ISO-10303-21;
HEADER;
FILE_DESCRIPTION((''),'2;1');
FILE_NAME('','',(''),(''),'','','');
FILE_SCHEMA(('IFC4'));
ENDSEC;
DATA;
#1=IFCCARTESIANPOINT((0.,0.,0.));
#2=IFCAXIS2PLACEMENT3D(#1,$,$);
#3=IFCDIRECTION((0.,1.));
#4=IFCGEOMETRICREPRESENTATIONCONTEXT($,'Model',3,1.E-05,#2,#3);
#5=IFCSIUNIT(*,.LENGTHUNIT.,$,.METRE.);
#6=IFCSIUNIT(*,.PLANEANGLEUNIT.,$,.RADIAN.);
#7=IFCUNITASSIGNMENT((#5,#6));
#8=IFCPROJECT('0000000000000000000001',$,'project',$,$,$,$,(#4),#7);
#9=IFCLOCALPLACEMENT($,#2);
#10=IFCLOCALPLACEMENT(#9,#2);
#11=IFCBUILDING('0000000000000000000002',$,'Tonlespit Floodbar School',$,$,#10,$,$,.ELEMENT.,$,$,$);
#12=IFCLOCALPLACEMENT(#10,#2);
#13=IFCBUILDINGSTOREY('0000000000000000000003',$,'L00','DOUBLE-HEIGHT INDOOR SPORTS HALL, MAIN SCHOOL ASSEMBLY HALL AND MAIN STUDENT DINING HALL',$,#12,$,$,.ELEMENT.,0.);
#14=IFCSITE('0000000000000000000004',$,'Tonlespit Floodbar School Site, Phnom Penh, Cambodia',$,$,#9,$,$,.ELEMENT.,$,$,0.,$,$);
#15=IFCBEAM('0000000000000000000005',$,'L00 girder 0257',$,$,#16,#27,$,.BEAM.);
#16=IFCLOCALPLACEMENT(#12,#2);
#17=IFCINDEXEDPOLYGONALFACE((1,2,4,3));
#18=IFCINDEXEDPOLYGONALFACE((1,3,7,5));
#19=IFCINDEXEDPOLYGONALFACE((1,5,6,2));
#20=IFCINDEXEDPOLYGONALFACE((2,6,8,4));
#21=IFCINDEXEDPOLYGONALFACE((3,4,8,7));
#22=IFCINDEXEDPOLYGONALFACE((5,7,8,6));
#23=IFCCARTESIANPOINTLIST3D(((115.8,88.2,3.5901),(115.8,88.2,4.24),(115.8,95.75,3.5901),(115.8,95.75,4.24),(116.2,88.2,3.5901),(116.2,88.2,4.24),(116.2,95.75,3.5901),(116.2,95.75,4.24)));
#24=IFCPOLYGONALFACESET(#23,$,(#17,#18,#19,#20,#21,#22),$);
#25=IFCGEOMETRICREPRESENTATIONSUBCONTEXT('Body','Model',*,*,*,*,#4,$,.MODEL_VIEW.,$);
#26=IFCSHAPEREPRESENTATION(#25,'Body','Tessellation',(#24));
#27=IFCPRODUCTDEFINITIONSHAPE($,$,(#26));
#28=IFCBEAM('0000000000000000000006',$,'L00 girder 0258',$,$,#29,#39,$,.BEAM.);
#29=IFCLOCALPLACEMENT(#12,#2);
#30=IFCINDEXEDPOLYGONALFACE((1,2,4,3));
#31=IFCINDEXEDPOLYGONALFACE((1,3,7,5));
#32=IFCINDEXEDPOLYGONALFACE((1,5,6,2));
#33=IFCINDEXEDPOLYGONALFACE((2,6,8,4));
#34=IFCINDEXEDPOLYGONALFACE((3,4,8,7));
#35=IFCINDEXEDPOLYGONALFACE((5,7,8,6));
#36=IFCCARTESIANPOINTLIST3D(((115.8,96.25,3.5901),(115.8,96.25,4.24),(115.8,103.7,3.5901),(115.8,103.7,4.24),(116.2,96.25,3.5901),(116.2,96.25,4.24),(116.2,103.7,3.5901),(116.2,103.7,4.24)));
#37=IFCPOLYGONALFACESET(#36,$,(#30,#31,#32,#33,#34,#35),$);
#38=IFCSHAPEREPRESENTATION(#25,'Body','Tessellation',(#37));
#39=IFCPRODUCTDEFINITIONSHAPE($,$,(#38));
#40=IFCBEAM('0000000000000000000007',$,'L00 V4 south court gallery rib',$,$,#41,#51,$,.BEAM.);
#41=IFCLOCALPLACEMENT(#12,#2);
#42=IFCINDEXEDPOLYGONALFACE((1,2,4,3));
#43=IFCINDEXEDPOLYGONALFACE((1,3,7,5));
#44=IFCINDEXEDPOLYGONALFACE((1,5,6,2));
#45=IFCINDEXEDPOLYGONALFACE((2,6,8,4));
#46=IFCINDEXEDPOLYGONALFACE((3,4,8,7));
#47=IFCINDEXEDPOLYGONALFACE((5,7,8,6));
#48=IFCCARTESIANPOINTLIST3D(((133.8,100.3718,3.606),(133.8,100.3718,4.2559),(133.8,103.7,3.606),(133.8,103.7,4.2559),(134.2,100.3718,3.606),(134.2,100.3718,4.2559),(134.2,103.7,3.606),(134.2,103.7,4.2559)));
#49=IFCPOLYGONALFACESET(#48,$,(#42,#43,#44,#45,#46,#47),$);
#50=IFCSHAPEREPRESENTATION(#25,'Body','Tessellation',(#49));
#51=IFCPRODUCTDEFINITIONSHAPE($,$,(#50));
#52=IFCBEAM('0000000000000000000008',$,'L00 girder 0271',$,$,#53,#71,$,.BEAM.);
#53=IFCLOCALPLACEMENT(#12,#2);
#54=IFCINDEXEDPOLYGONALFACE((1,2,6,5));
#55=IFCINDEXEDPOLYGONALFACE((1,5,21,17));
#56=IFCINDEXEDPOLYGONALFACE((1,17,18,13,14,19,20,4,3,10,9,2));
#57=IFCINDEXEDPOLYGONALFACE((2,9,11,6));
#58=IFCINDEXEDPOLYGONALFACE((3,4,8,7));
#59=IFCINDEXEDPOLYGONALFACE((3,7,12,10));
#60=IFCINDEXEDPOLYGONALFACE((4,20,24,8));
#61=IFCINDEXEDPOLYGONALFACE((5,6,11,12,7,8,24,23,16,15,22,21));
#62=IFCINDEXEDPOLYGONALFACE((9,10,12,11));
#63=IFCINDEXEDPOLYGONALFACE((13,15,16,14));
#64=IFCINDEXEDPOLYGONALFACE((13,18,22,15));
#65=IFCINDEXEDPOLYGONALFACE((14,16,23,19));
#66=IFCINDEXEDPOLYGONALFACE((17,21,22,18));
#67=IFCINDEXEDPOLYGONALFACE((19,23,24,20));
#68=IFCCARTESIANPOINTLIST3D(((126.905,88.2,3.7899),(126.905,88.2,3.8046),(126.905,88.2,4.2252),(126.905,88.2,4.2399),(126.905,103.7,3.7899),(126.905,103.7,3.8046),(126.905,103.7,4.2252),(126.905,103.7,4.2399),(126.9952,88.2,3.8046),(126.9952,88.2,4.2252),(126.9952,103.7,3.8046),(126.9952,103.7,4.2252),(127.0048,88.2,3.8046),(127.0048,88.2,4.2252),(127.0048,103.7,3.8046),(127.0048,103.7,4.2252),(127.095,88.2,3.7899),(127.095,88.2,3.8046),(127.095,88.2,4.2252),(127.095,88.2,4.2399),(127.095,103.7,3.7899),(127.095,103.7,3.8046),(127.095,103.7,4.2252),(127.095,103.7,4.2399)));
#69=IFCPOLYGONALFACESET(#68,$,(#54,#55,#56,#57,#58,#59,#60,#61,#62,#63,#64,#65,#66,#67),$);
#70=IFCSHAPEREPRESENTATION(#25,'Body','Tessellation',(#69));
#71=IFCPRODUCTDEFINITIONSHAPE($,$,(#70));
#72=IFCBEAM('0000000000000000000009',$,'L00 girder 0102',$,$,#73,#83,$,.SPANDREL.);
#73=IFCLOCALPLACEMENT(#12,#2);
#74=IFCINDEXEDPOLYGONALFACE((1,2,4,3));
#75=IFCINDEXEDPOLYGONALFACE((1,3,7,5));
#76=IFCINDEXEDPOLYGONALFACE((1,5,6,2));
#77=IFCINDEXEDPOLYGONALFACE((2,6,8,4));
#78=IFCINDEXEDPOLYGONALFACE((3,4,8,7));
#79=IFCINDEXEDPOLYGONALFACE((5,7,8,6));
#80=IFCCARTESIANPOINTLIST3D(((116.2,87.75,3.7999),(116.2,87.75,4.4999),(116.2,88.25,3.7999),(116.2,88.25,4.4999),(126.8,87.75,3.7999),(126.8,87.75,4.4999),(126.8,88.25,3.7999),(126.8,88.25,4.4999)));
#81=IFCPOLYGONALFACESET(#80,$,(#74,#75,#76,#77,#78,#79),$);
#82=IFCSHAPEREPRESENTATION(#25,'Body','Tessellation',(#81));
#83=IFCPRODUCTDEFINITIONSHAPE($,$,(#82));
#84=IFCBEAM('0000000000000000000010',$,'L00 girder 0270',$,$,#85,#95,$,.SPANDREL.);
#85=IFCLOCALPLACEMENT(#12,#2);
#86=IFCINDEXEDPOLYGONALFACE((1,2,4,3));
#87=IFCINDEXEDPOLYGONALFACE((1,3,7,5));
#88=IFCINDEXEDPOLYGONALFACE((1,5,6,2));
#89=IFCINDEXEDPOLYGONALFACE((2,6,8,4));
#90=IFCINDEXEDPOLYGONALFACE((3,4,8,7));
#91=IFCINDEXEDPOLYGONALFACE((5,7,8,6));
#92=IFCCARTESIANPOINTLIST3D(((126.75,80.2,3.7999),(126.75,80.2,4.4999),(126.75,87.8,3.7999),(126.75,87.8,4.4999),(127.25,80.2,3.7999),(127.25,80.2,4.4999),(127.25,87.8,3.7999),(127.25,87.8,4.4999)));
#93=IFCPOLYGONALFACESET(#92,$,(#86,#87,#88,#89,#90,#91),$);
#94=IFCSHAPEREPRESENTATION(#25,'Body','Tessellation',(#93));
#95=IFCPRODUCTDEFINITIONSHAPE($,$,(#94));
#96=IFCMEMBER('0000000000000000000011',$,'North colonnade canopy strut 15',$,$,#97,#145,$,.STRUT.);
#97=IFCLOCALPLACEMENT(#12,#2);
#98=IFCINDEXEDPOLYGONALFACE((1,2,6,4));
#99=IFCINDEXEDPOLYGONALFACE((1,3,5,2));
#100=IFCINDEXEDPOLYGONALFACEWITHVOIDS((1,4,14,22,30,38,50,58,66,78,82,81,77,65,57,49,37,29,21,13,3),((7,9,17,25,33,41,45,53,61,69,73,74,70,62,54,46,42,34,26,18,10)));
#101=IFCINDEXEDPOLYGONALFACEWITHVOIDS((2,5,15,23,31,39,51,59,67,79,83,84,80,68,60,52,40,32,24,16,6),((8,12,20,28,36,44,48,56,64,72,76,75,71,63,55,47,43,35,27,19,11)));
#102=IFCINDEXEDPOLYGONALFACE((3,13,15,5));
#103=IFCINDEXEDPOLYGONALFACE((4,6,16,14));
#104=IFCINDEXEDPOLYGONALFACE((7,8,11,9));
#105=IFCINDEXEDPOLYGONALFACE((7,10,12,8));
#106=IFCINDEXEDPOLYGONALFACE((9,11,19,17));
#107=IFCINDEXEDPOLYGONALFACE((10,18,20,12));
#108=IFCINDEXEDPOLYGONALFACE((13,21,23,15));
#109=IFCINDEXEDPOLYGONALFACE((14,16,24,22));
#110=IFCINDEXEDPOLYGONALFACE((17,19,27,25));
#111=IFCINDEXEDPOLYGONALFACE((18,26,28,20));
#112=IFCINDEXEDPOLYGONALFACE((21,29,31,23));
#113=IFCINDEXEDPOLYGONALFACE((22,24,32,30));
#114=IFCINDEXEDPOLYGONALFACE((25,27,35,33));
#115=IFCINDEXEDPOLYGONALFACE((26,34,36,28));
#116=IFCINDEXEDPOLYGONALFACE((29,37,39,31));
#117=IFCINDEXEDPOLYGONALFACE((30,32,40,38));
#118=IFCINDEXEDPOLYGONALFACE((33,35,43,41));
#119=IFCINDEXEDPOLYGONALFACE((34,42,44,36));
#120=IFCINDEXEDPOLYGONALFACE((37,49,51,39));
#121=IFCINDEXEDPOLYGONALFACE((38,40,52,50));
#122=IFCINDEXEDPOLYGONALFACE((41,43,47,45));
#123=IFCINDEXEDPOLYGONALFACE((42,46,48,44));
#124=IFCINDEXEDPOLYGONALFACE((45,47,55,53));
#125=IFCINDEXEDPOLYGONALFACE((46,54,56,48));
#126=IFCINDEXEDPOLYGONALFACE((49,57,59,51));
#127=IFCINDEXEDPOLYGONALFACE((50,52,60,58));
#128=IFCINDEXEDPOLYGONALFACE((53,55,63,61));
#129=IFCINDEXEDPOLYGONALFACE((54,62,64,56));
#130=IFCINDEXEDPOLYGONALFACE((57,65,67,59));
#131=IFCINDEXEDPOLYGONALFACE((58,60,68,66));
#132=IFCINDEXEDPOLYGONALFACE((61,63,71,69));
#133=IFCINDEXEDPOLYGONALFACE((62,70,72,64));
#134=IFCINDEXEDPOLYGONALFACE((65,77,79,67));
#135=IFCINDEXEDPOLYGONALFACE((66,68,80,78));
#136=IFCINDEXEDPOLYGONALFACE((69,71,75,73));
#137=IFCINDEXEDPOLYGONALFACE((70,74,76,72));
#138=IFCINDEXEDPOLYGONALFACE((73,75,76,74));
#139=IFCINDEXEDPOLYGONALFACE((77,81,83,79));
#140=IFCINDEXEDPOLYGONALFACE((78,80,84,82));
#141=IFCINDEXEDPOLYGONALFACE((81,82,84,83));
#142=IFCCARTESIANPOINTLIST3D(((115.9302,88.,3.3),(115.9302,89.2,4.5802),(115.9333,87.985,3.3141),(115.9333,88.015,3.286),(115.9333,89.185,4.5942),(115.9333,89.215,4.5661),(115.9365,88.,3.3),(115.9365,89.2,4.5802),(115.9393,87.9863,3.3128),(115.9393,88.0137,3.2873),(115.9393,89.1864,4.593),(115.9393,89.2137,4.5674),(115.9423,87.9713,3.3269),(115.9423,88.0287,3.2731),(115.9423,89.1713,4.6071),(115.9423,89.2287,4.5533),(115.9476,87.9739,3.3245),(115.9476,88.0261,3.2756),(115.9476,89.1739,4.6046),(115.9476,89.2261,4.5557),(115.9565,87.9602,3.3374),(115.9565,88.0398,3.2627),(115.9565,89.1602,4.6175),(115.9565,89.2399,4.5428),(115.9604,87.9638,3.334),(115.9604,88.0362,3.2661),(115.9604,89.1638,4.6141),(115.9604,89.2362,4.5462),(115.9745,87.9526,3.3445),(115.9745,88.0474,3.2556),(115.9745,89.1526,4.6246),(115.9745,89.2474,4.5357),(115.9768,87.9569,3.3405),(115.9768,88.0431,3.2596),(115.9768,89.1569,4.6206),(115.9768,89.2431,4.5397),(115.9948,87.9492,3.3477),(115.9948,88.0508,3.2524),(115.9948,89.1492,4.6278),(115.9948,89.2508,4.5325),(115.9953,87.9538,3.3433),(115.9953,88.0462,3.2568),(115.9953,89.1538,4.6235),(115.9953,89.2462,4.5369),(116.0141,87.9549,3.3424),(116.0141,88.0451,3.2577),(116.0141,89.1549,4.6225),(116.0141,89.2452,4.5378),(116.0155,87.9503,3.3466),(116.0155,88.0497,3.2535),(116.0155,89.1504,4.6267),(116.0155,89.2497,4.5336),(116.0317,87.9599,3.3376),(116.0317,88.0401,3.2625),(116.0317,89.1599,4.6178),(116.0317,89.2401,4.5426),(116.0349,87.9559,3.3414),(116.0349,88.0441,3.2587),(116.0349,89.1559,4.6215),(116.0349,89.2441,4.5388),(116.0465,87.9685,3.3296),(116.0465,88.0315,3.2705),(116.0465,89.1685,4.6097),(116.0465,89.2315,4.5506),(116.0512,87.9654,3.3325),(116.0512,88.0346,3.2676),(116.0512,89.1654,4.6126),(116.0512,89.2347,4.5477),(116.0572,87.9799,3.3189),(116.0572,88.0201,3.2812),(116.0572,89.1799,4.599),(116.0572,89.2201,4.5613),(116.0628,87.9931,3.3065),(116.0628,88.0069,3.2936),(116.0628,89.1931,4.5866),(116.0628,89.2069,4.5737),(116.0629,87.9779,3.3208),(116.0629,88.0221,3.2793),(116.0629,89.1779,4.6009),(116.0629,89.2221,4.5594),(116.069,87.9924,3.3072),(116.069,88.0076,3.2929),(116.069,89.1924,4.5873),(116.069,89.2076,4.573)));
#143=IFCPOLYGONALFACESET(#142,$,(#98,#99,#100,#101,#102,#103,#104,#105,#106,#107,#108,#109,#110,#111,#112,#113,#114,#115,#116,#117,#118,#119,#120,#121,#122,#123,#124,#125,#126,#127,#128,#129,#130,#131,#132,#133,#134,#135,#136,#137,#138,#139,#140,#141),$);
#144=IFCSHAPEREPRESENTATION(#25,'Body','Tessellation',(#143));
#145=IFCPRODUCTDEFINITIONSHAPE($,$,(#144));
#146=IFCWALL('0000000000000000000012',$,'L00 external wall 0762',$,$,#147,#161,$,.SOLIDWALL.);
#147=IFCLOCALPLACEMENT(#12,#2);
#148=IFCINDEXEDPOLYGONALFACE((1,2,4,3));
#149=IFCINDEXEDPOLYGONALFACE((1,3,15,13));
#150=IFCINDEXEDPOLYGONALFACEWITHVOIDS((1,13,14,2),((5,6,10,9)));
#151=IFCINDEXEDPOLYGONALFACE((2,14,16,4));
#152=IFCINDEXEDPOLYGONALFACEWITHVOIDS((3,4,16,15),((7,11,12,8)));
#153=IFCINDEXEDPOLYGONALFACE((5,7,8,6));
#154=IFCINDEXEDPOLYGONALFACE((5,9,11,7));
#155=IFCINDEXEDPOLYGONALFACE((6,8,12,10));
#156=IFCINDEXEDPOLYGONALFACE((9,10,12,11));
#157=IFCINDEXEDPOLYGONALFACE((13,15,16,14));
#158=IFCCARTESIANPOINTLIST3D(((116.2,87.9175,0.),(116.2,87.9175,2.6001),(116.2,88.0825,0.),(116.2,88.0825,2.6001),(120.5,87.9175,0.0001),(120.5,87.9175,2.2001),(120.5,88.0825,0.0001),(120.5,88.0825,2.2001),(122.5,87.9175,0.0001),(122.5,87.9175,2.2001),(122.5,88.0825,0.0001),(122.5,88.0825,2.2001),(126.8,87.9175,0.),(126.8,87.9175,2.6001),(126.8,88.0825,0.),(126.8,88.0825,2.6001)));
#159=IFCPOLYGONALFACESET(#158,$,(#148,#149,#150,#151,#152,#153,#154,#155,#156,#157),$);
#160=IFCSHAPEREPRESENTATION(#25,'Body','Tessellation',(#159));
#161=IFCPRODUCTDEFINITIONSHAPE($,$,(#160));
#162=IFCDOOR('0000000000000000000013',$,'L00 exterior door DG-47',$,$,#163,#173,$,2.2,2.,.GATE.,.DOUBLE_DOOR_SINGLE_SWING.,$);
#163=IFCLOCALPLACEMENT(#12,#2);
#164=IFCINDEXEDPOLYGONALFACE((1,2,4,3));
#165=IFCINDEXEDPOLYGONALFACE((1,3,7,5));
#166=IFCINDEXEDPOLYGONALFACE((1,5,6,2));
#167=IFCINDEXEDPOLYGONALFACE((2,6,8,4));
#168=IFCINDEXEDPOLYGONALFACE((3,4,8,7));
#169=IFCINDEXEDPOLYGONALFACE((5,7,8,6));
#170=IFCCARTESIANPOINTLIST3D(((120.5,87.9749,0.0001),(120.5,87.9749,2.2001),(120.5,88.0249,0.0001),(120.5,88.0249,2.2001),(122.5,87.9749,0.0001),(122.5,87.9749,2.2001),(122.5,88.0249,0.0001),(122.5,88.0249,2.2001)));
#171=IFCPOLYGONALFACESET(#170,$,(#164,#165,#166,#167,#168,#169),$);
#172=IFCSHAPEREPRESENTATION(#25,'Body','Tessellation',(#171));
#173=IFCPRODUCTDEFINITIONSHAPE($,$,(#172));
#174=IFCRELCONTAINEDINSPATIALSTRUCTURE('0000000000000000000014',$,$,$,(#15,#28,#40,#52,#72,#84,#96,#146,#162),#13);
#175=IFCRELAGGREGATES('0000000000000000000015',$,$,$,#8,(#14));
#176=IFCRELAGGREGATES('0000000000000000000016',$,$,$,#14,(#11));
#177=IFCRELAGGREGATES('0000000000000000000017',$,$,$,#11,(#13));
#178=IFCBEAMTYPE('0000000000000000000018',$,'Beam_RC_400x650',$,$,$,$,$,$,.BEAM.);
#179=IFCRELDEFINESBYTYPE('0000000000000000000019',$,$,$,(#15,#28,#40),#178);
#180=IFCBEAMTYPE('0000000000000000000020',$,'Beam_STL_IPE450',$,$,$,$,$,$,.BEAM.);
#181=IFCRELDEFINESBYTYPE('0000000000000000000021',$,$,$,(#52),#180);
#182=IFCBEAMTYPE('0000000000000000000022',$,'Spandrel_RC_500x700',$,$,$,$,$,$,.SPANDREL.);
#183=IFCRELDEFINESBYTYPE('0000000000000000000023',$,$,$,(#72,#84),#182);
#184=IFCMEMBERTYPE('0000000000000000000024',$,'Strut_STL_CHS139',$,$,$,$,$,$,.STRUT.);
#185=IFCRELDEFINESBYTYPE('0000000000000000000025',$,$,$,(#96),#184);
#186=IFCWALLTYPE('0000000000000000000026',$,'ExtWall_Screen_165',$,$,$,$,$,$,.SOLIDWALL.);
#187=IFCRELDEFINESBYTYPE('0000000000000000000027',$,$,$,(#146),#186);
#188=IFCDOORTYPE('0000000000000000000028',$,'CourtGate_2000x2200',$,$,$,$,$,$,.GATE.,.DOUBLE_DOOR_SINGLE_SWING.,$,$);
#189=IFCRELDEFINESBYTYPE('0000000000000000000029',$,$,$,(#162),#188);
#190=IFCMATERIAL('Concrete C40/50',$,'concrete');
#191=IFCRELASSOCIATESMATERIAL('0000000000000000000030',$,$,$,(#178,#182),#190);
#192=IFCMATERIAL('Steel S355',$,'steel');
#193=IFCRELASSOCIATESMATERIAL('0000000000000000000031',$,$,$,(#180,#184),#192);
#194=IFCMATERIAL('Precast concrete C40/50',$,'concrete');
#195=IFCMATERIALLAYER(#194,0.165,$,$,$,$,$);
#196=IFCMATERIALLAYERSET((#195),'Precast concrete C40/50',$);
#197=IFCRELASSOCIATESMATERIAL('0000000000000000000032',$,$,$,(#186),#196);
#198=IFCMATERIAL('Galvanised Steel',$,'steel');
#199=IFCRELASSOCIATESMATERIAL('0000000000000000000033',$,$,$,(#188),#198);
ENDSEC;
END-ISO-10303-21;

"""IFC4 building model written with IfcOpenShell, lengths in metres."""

from ifc_helpers import new_model, si_unit, direction, frame, frame_2d, origin, origin_2d, place, context, subcontext, project, spatial, rectangle, hollow_circle, i_section, extrude, material, layer, layer_set, material_profile, profile_set, type_object, element, fill, save


model = new_model("IFC4")

# Units and contexts
model_context = context("Model", 3, precision=1e-05, world=origin(), true_north=direction((0.0, 1.0)))
body_context = subcontext(model_context, "Body", "Model", "MODEL_VIEW")
ifc_project = project(units=[si_unit("LENGTHUNIT", "METRE"), si_unit("PLANEANGLEUNIT", "RADIAN")], contexts=[model_context])

# Site, building, storey
site_placement = place(None, origin())
site = spatial("IfcSite", under=ifc_project, at=site_placement, Name="Tonlespit Floodbar School Site, Phnom Penh, Cambodia", CompositionType="ELEMENT", RefElevation=0.0)
building_placement = place(site_placement, origin())
building = spatial("IfcBuilding", under=site, at=building_placement, Name="Tonlespit Floodbar School", CompositionType="ELEMENT")
storey_placement = place(building_placement, origin())
storey = spatial("IfcBuildingStorey", under=building, at=storey_placement, Name="L00", Description="DOUBLE-HEIGHT INDOOR SPORTS HALL, MAIN SCHOOL ASSEMBLY HALL AND MAIN STUDENT DINING HALL", CompositionType="ELEMENT", Elevation=0.0)

# Shared definitions
ifc_material_1 = material(Name="Concrete C40/50", Category="concrete")

# Beams
ifc_material_profile_1 = material_profile(ifc_material_1, rectangle(XDim=0.3999, YDim=0.6499, at=origin_2d()), Name="RC 400x650")
ifc_profile_set_1 = profile_set([ifc_material_profile_1], Name="Concrete C40/50")
beam_type_1 = type_object("IfcBeamType", Name="Beam_RC_400x650", PredefinedType="BEAM", material=ifc_profile_set_1)
beam_1_placement = place(storey_placement, frame((116.0, 88.2, 3.915), z_axis=(0.0, 1.0, 0.0), x_axis=(-1.0, 0.0, 0.0)))
element("IfcBeam", 1, at=beam_1_placement, inside=storey, type_object=beam_type_1, Name="L00 girder 0257", PredefinedType="BEAM", context=body_context, shape_type="SweptSolid", body=[
    extrude(rectangle(XDim=0.3999, YDim=0.6499, at=origin_2d()), origin(), (0.0, 0.0, 1.0), 7.55),
])
beam_2_placement = place(storey_placement, frame((116.0, 96.25, 3.915), z_axis=(0.0, 1.0, 0.0), x_axis=(-1.0, 0.0, 0.0)))
element("IfcBeam", 2, at=beam_2_placement, inside=storey, type_object=beam_type_1, Name="L00 girder 0258", PredefinedType="BEAM", context=body_context, shape_type="SweptSolid", body=[
    extrude(rectangle(XDim=0.3999, YDim=0.6499, at=origin_2d()), origin(), (0.0, 0.0, 1.0), 7.45),
])
beam_3_placement = place(storey_placement, frame((134.0, 103.7, 3.9309), z_axis=(0.0, -1.0, 0.0), x_axis=(1.0, 0.0, 0.0)))
element("IfcBeam", 3, at=beam_3_placement, inside=storey, type_object=beam_type_1, Name="L00 V4 south court gallery rib", PredefinedType="BEAM", context=body_context, shape_type="SweptSolid", body=[
    extrude(rectangle(XDim=0.3999, YDim=0.6499, at=origin_2d()), origin(), (0.0, 0.0, 1.0), 3.3281),
])
ifc_material_2 = material(Name="Steel S355", Category="steel")
ifc_material_profile_2 = material_profile(ifc_material_2, i_section(OverallWidth=0.1899, OverallDepth=0.45, WebThickness=0.0095, FlangeThickness=0.0146, at=origin_2d()), Name="IPE 450")
ifc_profile_set_2 = profile_set([ifc_material_profile_2], Name="Steel S355")
beam_type_2 = type_object("IfcBeamType", Name="Beam_STL_IPE450", PredefinedType="BEAM", material=ifc_profile_set_2)
beam_4_placement = place(storey_placement, frame((127.0, 88.2, 4.0149), z_axis=(0.0, 1.0, 0.0), x_axis=(-1.0, 0.0, 0.0)))
element("IfcBeam", 4, at=beam_4_placement, inside=storey, type_object=beam_type_2, Name="L00 girder 0271", PredefinedType="BEAM", context=body_context, shape_type="SweptSolid", body=[
    extrude(i_section(OverallWidth=0.1899, OverallDepth=0.45, WebThickness=0.0095, FlangeThickness=0.0146, at=origin_2d()), origin(), (0.0, 0.0, 1.0), 15.5),
])
ifc_material_profile_3 = material_profile(ifc_material_1, rectangle(XDim=0.5, YDim=0.7, at=origin_2d()), Name="RC 500x700")
ifc_profile_set_3 = profile_set([ifc_material_profile_3], Name="Concrete C40/50")
beam_type_3 = type_object("IfcBeamType", Name="Spandrel_RC_500x700", PredefinedType="SPANDREL", material=ifc_profile_set_3)
beam_5_placement = place(storey_placement, frame((116.2, 88.0, 4.1499), z_axis=(1.0, 0.0, 0.0), x_axis=(0.0, 1.0, 0.0)))
element("IfcBeam", 5, at=beam_5_placement, inside=storey, type_object=beam_type_3, Name="L00 girder 0102", PredefinedType="SPANDREL", context=body_context, shape_type="SweptSolid", body=[
    extrude(rectangle(XDim=0.5, YDim=0.7, at=origin_2d()), origin(), (0.0, 0.0, 1.0), 10.6001),
])
beam_6_placement = place(storey_placement, frame((127.0, 80.2, 4.1499), z_axis=(0.0, 1.0, 0.0), x_axis=(-1.0, 0.0, 0.0)))
element("IfcBeam", 6, at=beam_6_placement, inside=storey, type_object=beam_type_3, Name="L00 girder 0270", PredefinedType="SPANDREL", context=body_context, shape_type="SweptSolid", body=[
    extrude(rectangle(XDim=0.5, YDim=0.7, at=origin_2d()), origin(), (0.0, 0.0, 1.0), 7.6001),
])

# Member
ifc_material_profile_4 = material_profile(ifc_material_2, hollow_circle(Radius=0.0698, WallThickness=0.0063, at=origin_2d()), Name="CHS 139.7x6.3")
ifc_profile_set_4 = profile_set([ifc_material_profile_4], Name="Steel S355")
member_type = type_object("IfcMemberType", Name="Strut_STL_CHS139", PredefinedType="STRUT", material=ifc_profile_set_4)
member_placement = place(storey_placement, frame((116.0, 88.0, 3.3), z_axis=(0.0, 0.683918, 0.729559), x_axis=(-1.0, 0.0, 0.0)))
element("IfcMember", 7, at=member_placement, inside=storey, type_object=member_type, Name="North colonnade canopy strut 15", PredefinedType="STRUT", context=body_context, shape_type="SweptSolid", body=[
    extrude(hollow_circle(Radius=0.0698, WallThickness=0.0063, at=origin_2d()), origin(), (0.0, 0.0, 1.0), 1.7546),
])

# Wall, opening, door
ifc_material_3 = material(Name="Precast concrete C40/50", Category="concrete")
ifc_layer_1 = layer(ifc_material_3, 0.165)
ifc_layer_set_1 = layer_set([ifc_layer_1], Name="Precast concrete C40/50")
wall_type = type_object("IfcWallType", Name="ExtWall_Screen_165", PredefinedType="SOLIDWALL", material=ifc_layer_set_1)
wall_placement = place(storey_placement, frame((116.2, 88.0, 0.0), z_axis=(0.0, 0.0, 1.0), x_axis=(1.0, 0.0, 0.0)))
wall = element("IfcWall", 8, at=wall_placement, inside=storey, type_object=wall_type, Name="L00 external wall 0762", PredefinedType="SOLIDWALL", context=body_context, shape_type="SweptSolid", body=[
    extrude(rectangle(XDim=10.6001, YDim=0.165, at=frame_2d((5.3, 0.0))), origin(), (0.0, 0.0, 1.0), 2.6001),
])
opening_placement = place(wall_placement, frame((4.3, 0.0, 0.0)))
opening = element("IfcOpeningElement", 9, at=opening_placement, cuts=wall, PredefinedType="OPENING", context=body_context, shape_type="SweptSolid", body=[
    extrude(rectangle(XDim=2.0, YDim=2.2, at=frame_2d((1.0, 1.1001))), frame((0.0, 0.0925, 0.0), z_axis=(0.0, -1.0, 0.0), x_axis=(1.0, 0.0, 0.0)), (0.0, 0.0, 1.0), 0.1851),
])
ifc_material_4 = material(Name="Galvanised Steel", Category="steel")
door_type = type_object("IfcDoorType", Name="CourtGate_2000x2200", OperationType="DOUBLE_DOOR_SINGLE_SWING", PredefinedType="GATE", material=ifc_material_4)
door_placement = place(opening_placement, origin())
door = element("IfcDoor", 10, at=door_placement, inside=storey, type_object=door_type, Name="L00 exterior door DG-47", OperationType="DOUBLE_DOOR_SINGLE_SWING", OverallHeight=2.2, OverallWidth=2.0, PredefinedType="GATE", context=body_context, shape_type="SweptSolid", body=[
    extrude(rectangle(XDim=2.0, YDim=2.2, at=frame_2d((1.0, 1.1001))), frame((0.0, 0.0249, 0.0), z_axis=(0.0, -1.0, 0.0), x_axis=(1.0, 0.0, 0.0)), (0.0, 0.0, 1.0), 0.05),
])
fill(opening, door)

save(model, "model.ifc")
